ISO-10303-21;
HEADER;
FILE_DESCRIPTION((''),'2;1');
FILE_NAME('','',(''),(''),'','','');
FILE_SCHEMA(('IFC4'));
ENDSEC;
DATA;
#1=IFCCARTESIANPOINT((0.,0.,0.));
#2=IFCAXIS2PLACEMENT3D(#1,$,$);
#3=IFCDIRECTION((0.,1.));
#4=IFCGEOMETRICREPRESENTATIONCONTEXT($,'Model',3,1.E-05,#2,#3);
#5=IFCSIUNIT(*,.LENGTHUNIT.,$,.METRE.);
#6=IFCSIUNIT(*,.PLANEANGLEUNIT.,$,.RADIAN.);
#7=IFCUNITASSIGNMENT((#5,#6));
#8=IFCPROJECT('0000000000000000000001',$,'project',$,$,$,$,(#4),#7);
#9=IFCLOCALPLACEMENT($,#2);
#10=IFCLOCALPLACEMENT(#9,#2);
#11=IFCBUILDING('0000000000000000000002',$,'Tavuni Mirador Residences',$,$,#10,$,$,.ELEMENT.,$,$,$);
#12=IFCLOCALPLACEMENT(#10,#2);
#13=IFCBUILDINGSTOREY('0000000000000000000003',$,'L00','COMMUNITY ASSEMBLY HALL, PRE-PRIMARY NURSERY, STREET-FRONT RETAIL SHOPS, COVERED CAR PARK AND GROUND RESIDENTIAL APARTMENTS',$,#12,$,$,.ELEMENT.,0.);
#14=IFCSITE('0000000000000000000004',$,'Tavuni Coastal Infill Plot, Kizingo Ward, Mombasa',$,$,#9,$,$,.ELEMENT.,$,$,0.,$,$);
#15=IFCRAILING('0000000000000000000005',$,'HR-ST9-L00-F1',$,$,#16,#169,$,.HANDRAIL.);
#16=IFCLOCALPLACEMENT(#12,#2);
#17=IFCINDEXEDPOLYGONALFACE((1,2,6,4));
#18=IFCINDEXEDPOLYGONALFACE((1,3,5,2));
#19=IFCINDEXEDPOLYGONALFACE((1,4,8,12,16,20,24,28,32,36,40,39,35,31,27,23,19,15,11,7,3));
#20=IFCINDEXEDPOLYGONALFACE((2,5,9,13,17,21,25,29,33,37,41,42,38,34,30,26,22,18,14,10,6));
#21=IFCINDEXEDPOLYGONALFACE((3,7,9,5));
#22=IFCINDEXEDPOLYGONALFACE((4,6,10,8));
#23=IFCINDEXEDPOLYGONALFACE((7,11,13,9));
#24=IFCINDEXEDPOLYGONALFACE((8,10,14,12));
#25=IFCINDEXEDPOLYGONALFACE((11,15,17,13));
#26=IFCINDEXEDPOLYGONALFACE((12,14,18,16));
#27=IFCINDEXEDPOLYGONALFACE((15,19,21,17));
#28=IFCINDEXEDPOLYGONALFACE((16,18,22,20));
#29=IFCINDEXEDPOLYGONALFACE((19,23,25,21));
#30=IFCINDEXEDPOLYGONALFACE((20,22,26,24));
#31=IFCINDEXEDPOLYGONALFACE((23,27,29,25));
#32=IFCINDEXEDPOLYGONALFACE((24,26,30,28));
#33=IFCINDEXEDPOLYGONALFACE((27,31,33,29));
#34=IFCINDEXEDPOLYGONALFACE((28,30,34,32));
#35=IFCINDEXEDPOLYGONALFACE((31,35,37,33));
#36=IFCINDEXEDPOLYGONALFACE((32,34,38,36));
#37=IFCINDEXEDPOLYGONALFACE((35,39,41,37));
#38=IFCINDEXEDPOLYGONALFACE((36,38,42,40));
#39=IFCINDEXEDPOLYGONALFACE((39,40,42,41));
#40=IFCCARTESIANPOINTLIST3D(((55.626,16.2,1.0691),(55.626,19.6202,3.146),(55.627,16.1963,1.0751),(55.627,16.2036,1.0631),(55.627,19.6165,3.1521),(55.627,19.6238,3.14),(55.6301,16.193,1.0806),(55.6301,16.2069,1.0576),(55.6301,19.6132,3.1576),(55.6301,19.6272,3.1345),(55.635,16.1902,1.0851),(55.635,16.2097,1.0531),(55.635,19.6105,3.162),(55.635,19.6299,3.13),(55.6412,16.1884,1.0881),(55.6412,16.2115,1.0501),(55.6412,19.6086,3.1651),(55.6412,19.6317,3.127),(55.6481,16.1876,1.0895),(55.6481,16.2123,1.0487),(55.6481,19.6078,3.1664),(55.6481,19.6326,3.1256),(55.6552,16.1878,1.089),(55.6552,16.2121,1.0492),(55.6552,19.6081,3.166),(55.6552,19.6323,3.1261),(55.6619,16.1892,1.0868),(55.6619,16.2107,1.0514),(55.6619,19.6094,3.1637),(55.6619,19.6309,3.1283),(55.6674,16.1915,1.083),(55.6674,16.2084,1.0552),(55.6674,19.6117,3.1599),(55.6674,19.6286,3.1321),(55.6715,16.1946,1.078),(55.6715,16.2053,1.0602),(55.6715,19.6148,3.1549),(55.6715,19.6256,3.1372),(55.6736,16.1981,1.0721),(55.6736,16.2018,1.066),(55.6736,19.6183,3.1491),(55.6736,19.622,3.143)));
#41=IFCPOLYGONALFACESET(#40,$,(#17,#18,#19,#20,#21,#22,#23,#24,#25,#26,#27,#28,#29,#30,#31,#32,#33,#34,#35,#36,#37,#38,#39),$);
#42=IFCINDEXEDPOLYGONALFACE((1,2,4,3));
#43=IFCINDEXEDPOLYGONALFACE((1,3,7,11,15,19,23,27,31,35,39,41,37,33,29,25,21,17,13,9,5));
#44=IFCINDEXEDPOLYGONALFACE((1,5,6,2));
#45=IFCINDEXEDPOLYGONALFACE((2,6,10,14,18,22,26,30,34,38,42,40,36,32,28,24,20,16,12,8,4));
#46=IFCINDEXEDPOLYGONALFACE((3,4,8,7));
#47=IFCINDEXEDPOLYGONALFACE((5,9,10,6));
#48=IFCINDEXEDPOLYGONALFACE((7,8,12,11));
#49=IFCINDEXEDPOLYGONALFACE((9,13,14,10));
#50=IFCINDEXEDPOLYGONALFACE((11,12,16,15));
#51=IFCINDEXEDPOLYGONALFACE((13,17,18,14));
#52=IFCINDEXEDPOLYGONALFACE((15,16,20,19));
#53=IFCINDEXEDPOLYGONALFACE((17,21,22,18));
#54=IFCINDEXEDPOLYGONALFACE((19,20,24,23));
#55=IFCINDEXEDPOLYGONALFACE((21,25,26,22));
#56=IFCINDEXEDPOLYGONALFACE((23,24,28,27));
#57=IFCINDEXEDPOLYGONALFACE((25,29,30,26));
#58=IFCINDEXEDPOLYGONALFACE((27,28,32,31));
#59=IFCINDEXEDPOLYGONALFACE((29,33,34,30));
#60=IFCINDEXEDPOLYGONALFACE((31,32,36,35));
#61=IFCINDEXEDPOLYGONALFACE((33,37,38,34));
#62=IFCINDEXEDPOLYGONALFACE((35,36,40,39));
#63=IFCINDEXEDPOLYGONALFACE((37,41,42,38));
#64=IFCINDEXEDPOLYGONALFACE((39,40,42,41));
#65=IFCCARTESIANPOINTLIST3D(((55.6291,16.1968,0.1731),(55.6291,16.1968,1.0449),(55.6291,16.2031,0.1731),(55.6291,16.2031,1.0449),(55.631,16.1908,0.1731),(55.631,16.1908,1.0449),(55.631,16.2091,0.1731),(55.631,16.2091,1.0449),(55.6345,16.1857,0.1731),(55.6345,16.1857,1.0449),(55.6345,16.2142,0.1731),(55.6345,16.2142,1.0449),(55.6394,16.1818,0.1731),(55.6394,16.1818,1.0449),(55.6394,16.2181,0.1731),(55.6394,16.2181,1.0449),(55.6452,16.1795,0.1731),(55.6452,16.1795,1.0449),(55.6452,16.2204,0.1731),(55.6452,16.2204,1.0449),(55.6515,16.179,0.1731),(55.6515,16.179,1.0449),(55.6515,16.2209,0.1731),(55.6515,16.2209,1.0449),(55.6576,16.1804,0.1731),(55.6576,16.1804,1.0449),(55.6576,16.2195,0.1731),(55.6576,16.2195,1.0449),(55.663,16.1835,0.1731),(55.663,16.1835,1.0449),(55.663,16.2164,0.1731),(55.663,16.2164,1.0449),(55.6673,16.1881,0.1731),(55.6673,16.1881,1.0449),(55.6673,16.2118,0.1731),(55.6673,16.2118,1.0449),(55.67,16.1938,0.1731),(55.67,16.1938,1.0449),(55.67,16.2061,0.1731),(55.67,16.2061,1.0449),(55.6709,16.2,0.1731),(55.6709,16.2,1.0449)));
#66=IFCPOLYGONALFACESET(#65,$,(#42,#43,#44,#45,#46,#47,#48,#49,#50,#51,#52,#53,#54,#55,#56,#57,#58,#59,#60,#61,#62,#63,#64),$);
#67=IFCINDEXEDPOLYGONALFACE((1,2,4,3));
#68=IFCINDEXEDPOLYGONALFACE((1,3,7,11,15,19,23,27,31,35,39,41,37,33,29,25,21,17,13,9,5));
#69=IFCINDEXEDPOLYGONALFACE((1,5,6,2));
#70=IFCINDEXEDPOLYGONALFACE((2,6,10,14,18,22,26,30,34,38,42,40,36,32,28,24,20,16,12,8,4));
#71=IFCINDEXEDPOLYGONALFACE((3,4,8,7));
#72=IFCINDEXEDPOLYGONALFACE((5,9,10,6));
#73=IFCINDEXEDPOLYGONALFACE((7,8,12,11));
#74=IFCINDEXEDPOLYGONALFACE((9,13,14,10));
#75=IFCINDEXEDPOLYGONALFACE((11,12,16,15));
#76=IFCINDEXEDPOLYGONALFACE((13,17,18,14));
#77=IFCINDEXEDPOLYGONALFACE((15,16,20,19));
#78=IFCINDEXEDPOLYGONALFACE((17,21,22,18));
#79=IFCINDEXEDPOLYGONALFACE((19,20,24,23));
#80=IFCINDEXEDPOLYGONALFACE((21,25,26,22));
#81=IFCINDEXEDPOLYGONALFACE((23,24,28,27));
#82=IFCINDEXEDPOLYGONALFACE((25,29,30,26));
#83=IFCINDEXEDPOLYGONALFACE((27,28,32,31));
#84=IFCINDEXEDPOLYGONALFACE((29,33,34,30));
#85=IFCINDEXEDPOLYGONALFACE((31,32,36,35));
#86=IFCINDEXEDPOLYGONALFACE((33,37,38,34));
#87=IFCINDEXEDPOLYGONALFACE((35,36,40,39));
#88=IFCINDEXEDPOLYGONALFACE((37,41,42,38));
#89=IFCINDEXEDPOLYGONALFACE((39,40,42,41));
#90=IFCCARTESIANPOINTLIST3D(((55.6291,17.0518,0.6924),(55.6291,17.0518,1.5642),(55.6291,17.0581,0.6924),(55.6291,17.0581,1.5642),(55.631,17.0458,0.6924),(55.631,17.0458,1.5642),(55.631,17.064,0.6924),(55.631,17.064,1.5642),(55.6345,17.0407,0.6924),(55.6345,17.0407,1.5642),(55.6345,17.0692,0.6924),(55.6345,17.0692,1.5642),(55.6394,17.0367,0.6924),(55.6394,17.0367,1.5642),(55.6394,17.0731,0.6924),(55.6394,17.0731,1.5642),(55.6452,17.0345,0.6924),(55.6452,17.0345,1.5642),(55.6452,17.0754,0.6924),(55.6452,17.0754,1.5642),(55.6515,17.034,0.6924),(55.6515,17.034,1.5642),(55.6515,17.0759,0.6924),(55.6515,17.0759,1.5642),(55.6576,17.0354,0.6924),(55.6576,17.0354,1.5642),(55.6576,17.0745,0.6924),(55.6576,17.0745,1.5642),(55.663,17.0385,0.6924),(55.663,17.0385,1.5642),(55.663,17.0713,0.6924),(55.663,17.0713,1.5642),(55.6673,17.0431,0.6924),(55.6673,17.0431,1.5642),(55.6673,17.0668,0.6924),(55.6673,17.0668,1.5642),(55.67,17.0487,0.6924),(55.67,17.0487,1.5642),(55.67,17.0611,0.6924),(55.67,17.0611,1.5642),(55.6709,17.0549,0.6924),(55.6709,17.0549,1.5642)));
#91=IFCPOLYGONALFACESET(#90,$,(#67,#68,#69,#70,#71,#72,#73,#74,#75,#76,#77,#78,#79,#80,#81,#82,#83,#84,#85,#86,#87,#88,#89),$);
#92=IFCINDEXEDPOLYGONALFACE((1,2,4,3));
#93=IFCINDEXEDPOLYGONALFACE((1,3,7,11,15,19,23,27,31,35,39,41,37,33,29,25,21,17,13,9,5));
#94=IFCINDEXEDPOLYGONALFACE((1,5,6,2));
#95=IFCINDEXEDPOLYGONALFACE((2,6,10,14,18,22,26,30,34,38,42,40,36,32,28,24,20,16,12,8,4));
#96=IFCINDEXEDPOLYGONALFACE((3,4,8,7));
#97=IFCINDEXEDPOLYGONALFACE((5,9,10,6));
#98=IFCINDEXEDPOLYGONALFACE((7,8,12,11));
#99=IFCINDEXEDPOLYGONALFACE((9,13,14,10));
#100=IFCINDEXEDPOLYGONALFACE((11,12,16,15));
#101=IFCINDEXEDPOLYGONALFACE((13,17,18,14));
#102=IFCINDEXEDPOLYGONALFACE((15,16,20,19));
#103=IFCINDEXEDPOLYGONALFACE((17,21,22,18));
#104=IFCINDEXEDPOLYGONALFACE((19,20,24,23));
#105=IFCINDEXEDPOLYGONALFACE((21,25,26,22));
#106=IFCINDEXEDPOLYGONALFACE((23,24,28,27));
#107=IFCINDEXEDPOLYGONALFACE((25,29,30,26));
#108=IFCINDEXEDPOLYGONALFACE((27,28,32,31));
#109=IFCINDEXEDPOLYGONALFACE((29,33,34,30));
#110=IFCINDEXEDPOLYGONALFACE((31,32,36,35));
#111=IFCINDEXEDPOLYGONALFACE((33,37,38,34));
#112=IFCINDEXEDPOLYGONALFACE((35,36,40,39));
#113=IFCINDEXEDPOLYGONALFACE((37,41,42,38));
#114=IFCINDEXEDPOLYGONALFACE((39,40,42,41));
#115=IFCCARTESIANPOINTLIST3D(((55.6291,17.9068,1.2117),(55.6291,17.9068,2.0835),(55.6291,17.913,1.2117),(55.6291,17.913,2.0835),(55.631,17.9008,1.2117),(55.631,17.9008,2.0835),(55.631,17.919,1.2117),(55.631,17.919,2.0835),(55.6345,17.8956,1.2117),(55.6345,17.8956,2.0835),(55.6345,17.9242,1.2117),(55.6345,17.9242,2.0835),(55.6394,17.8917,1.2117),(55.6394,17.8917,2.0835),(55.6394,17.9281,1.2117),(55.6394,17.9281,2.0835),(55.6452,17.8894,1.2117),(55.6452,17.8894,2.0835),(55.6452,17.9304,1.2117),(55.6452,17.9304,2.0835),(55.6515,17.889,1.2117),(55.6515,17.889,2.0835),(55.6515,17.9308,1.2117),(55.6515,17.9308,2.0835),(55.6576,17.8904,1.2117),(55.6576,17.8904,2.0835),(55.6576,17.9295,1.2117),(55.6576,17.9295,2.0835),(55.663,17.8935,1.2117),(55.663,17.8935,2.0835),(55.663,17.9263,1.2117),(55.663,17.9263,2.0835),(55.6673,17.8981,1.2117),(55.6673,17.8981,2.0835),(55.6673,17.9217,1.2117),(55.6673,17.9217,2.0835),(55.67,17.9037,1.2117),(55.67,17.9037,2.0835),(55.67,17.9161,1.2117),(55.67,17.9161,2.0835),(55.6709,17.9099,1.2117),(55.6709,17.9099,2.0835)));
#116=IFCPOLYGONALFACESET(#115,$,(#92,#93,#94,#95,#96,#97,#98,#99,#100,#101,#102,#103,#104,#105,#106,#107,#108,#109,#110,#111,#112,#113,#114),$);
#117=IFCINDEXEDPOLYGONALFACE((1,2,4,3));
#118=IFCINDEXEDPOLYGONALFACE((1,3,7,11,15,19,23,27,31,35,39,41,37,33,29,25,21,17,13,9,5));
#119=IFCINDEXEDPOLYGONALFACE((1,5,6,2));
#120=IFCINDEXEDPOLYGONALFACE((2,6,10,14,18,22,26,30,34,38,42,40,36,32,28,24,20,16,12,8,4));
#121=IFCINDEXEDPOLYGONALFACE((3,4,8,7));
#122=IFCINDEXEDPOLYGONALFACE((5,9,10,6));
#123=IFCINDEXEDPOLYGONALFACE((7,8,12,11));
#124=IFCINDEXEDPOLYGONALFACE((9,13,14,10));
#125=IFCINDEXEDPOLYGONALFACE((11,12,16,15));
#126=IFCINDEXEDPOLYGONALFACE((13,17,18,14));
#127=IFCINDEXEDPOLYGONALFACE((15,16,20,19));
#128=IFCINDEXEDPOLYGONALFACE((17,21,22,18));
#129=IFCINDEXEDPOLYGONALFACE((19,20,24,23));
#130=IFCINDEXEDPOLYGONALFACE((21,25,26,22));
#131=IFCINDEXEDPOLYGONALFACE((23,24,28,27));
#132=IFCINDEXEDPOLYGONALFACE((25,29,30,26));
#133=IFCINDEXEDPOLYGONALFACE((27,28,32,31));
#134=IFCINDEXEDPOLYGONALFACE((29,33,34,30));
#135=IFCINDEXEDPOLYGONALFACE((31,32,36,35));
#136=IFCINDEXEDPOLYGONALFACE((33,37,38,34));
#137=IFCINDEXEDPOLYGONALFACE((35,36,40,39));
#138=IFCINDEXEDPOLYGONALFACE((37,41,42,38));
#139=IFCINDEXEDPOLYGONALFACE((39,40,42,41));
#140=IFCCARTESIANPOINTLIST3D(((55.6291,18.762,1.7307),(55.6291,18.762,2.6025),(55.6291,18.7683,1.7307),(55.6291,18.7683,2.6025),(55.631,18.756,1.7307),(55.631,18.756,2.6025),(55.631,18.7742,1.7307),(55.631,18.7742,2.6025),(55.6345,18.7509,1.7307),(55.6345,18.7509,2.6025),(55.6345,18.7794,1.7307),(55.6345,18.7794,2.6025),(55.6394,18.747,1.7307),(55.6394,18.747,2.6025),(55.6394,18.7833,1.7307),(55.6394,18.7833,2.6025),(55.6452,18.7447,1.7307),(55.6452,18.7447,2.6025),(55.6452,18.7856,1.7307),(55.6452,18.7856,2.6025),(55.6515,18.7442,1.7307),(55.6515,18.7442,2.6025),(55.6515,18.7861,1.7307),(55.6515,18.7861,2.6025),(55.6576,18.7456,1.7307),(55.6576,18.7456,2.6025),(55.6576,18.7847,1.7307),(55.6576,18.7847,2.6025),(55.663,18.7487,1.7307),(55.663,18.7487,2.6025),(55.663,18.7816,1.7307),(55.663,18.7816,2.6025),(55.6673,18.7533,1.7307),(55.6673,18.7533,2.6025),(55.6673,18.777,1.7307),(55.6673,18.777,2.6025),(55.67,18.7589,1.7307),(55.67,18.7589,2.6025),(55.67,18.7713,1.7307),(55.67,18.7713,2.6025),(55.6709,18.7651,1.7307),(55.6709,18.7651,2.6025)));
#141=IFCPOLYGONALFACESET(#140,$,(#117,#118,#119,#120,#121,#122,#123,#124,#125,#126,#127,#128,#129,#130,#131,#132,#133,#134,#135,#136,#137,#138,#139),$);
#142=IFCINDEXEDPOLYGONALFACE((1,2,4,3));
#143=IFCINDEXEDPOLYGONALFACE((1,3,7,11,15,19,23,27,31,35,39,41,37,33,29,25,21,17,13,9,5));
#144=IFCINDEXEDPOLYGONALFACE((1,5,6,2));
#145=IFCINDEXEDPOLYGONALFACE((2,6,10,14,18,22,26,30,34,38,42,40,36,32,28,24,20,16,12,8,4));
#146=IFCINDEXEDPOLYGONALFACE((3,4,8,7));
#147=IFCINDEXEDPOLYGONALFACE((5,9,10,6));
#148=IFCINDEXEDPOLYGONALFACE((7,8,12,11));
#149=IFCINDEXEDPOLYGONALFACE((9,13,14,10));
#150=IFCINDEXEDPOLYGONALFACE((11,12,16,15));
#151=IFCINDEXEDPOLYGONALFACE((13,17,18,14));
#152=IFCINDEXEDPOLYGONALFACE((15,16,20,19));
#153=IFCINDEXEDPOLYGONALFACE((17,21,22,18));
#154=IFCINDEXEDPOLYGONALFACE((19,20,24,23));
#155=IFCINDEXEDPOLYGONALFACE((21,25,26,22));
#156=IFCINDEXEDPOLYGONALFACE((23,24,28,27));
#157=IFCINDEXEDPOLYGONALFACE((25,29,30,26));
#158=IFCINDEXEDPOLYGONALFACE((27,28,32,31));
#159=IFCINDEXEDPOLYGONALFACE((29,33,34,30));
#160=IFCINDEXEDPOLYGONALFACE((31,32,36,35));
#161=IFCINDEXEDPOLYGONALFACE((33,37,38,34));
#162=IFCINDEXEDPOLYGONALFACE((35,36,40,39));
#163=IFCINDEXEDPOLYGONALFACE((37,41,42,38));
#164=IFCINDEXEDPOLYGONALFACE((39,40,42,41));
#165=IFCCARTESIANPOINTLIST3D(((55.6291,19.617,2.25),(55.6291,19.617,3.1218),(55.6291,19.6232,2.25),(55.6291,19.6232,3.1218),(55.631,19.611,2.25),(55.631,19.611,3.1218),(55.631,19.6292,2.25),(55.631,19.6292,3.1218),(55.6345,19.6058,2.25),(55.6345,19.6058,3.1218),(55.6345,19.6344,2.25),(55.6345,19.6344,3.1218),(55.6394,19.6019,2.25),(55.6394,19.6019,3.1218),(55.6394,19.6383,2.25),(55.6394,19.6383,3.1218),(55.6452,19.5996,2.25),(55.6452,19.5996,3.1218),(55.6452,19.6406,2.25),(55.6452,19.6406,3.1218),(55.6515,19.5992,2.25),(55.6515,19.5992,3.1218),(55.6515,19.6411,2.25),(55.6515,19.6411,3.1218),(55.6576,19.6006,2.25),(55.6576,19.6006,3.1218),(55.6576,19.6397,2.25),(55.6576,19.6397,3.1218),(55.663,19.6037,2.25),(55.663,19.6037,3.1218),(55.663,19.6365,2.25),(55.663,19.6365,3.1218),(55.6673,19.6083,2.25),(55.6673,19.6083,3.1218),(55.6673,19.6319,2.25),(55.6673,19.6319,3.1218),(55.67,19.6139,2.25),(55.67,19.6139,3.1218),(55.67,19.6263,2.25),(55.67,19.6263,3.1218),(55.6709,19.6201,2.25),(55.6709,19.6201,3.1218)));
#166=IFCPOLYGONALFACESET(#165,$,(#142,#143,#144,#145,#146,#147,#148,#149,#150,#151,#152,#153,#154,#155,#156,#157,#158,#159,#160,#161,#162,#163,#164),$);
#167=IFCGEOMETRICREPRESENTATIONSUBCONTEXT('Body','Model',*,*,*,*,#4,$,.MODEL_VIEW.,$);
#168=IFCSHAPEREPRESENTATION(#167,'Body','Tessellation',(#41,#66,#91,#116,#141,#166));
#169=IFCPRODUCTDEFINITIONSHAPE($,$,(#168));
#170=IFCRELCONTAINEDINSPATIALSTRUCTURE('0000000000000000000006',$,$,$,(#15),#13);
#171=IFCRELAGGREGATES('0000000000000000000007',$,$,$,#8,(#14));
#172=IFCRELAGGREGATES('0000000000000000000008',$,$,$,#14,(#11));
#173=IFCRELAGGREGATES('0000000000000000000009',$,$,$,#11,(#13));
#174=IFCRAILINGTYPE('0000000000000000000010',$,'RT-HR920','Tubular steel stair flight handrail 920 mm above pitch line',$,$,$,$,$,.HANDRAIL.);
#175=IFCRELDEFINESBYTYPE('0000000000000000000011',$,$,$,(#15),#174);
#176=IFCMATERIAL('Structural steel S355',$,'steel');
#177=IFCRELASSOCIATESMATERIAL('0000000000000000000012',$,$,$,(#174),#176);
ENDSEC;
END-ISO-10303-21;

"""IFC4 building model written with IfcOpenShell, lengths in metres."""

from ifc_helpers import new_model, si_unit, direction, frame, origin, origin_2d, place, context, subcontext, project, spatial, circle, extrude, material, type_object, element, save


model = new_model("IFC4")

# Units and contexts
model_context = context("Model", 3, precision=1e-05, world=origin(), true_north=direction((0.0, 1.0)))
body_context = subcontext(model_context, "Body", "Model", "MODEL_VIEW")
ifc_project = project(units=[si_unit("LENGTHUNIT", "METRE"), si_unit("PLANEANGLEUNIT", "RADIAN")], contexts=[model_context])

# Site, building, storey
site_placement = place(None, origin())
site = spatial("IfcSite", under=ifc_project, at=site_placement, Name="Tavuni Coastal Infill Plot, Kizingo Ward, Mombasa", CompositionType="ELEMENT", RefElevation=0.0)
building_placement = place(site_placement, origin())
building = spatial("IfcBuilding", under=site, at=building_placement, Name="Tavuni Mirador Residences", CompositionType="ELEMENT")
storey_placement = place(building_placement, origin())
storey = spatial("IfcBuildingStorey", under=building, at=storey_placement, Name="L00", Description="COMMUNITY ASSEMBLY HALL, PRE-PRIMARY NURSERY, STREET-FRONT RETAIL SHOPS, COVERED CAR PARK AND GROUND RESIDENTIAL APARTMENTS", CompositionType="ELEMENT", Elevation=0.0)

# Shared definitions
ifc_material_1 = material(Name="Structural steel S355", Category="steel")

# Railing
railing_type_1 = type_object("IfcRailingType", Name="RT-HR920", Description="Tubular steel stair flight handrail 920 mm above pitch line", PredefinedType="HANDRAIL", material=ifc_material_1)
railing_1_placement = place(storey_placement, frame((55.6499, 16.2, 0.1731)))
element("IfcRailing", 1, at=railing_1_placement, inside=storey, type_object=railing_type_1, Name="HR-ST9-L00-F1", PredefinedType="HANDRAIL", context=body_context, shape_type="SweptSolid", body=[
    extrude(circle(Radius=0.0239, at=origin_2d()), frame((0.0, 0.0, 0.896), z_axis=(0.0, 0.854746, 0.519047), x_axis=(-1.0, 0.0, 0.0)), (0.0, 0.0, 1.0), 4.0015),
    extrude(circle(Radius=0.021, at=origin_2d()), origin(), (0.0, 0.0, 1.0), 0.8718),
    extrude(circle(Radius=0.021, at=origin_2d()), frame((0.0, 0.855, 0.5193)), (0.0, 0.0, 1.0), 0.8718),
    extrude(circle(Radius=0.021, at=origin_2d()), frame((0.0, 1.71, 1.0386)), (0.0, 0.0, 1.0), 0.8718),
    extrude(circle(Radius=0.021, at=origin_2d()), frame((0.0, 2.5652, 1.5576)), (0.0, 0.0, 1.0), 0.8718),
    extrude(circle(Radius=0.021, at=origin_2d()), frame((0.0, 3.4202, 2.0769)), (0.0, 0.0, 1.0), 0.8718),
])

save(model, "model.ifc")
